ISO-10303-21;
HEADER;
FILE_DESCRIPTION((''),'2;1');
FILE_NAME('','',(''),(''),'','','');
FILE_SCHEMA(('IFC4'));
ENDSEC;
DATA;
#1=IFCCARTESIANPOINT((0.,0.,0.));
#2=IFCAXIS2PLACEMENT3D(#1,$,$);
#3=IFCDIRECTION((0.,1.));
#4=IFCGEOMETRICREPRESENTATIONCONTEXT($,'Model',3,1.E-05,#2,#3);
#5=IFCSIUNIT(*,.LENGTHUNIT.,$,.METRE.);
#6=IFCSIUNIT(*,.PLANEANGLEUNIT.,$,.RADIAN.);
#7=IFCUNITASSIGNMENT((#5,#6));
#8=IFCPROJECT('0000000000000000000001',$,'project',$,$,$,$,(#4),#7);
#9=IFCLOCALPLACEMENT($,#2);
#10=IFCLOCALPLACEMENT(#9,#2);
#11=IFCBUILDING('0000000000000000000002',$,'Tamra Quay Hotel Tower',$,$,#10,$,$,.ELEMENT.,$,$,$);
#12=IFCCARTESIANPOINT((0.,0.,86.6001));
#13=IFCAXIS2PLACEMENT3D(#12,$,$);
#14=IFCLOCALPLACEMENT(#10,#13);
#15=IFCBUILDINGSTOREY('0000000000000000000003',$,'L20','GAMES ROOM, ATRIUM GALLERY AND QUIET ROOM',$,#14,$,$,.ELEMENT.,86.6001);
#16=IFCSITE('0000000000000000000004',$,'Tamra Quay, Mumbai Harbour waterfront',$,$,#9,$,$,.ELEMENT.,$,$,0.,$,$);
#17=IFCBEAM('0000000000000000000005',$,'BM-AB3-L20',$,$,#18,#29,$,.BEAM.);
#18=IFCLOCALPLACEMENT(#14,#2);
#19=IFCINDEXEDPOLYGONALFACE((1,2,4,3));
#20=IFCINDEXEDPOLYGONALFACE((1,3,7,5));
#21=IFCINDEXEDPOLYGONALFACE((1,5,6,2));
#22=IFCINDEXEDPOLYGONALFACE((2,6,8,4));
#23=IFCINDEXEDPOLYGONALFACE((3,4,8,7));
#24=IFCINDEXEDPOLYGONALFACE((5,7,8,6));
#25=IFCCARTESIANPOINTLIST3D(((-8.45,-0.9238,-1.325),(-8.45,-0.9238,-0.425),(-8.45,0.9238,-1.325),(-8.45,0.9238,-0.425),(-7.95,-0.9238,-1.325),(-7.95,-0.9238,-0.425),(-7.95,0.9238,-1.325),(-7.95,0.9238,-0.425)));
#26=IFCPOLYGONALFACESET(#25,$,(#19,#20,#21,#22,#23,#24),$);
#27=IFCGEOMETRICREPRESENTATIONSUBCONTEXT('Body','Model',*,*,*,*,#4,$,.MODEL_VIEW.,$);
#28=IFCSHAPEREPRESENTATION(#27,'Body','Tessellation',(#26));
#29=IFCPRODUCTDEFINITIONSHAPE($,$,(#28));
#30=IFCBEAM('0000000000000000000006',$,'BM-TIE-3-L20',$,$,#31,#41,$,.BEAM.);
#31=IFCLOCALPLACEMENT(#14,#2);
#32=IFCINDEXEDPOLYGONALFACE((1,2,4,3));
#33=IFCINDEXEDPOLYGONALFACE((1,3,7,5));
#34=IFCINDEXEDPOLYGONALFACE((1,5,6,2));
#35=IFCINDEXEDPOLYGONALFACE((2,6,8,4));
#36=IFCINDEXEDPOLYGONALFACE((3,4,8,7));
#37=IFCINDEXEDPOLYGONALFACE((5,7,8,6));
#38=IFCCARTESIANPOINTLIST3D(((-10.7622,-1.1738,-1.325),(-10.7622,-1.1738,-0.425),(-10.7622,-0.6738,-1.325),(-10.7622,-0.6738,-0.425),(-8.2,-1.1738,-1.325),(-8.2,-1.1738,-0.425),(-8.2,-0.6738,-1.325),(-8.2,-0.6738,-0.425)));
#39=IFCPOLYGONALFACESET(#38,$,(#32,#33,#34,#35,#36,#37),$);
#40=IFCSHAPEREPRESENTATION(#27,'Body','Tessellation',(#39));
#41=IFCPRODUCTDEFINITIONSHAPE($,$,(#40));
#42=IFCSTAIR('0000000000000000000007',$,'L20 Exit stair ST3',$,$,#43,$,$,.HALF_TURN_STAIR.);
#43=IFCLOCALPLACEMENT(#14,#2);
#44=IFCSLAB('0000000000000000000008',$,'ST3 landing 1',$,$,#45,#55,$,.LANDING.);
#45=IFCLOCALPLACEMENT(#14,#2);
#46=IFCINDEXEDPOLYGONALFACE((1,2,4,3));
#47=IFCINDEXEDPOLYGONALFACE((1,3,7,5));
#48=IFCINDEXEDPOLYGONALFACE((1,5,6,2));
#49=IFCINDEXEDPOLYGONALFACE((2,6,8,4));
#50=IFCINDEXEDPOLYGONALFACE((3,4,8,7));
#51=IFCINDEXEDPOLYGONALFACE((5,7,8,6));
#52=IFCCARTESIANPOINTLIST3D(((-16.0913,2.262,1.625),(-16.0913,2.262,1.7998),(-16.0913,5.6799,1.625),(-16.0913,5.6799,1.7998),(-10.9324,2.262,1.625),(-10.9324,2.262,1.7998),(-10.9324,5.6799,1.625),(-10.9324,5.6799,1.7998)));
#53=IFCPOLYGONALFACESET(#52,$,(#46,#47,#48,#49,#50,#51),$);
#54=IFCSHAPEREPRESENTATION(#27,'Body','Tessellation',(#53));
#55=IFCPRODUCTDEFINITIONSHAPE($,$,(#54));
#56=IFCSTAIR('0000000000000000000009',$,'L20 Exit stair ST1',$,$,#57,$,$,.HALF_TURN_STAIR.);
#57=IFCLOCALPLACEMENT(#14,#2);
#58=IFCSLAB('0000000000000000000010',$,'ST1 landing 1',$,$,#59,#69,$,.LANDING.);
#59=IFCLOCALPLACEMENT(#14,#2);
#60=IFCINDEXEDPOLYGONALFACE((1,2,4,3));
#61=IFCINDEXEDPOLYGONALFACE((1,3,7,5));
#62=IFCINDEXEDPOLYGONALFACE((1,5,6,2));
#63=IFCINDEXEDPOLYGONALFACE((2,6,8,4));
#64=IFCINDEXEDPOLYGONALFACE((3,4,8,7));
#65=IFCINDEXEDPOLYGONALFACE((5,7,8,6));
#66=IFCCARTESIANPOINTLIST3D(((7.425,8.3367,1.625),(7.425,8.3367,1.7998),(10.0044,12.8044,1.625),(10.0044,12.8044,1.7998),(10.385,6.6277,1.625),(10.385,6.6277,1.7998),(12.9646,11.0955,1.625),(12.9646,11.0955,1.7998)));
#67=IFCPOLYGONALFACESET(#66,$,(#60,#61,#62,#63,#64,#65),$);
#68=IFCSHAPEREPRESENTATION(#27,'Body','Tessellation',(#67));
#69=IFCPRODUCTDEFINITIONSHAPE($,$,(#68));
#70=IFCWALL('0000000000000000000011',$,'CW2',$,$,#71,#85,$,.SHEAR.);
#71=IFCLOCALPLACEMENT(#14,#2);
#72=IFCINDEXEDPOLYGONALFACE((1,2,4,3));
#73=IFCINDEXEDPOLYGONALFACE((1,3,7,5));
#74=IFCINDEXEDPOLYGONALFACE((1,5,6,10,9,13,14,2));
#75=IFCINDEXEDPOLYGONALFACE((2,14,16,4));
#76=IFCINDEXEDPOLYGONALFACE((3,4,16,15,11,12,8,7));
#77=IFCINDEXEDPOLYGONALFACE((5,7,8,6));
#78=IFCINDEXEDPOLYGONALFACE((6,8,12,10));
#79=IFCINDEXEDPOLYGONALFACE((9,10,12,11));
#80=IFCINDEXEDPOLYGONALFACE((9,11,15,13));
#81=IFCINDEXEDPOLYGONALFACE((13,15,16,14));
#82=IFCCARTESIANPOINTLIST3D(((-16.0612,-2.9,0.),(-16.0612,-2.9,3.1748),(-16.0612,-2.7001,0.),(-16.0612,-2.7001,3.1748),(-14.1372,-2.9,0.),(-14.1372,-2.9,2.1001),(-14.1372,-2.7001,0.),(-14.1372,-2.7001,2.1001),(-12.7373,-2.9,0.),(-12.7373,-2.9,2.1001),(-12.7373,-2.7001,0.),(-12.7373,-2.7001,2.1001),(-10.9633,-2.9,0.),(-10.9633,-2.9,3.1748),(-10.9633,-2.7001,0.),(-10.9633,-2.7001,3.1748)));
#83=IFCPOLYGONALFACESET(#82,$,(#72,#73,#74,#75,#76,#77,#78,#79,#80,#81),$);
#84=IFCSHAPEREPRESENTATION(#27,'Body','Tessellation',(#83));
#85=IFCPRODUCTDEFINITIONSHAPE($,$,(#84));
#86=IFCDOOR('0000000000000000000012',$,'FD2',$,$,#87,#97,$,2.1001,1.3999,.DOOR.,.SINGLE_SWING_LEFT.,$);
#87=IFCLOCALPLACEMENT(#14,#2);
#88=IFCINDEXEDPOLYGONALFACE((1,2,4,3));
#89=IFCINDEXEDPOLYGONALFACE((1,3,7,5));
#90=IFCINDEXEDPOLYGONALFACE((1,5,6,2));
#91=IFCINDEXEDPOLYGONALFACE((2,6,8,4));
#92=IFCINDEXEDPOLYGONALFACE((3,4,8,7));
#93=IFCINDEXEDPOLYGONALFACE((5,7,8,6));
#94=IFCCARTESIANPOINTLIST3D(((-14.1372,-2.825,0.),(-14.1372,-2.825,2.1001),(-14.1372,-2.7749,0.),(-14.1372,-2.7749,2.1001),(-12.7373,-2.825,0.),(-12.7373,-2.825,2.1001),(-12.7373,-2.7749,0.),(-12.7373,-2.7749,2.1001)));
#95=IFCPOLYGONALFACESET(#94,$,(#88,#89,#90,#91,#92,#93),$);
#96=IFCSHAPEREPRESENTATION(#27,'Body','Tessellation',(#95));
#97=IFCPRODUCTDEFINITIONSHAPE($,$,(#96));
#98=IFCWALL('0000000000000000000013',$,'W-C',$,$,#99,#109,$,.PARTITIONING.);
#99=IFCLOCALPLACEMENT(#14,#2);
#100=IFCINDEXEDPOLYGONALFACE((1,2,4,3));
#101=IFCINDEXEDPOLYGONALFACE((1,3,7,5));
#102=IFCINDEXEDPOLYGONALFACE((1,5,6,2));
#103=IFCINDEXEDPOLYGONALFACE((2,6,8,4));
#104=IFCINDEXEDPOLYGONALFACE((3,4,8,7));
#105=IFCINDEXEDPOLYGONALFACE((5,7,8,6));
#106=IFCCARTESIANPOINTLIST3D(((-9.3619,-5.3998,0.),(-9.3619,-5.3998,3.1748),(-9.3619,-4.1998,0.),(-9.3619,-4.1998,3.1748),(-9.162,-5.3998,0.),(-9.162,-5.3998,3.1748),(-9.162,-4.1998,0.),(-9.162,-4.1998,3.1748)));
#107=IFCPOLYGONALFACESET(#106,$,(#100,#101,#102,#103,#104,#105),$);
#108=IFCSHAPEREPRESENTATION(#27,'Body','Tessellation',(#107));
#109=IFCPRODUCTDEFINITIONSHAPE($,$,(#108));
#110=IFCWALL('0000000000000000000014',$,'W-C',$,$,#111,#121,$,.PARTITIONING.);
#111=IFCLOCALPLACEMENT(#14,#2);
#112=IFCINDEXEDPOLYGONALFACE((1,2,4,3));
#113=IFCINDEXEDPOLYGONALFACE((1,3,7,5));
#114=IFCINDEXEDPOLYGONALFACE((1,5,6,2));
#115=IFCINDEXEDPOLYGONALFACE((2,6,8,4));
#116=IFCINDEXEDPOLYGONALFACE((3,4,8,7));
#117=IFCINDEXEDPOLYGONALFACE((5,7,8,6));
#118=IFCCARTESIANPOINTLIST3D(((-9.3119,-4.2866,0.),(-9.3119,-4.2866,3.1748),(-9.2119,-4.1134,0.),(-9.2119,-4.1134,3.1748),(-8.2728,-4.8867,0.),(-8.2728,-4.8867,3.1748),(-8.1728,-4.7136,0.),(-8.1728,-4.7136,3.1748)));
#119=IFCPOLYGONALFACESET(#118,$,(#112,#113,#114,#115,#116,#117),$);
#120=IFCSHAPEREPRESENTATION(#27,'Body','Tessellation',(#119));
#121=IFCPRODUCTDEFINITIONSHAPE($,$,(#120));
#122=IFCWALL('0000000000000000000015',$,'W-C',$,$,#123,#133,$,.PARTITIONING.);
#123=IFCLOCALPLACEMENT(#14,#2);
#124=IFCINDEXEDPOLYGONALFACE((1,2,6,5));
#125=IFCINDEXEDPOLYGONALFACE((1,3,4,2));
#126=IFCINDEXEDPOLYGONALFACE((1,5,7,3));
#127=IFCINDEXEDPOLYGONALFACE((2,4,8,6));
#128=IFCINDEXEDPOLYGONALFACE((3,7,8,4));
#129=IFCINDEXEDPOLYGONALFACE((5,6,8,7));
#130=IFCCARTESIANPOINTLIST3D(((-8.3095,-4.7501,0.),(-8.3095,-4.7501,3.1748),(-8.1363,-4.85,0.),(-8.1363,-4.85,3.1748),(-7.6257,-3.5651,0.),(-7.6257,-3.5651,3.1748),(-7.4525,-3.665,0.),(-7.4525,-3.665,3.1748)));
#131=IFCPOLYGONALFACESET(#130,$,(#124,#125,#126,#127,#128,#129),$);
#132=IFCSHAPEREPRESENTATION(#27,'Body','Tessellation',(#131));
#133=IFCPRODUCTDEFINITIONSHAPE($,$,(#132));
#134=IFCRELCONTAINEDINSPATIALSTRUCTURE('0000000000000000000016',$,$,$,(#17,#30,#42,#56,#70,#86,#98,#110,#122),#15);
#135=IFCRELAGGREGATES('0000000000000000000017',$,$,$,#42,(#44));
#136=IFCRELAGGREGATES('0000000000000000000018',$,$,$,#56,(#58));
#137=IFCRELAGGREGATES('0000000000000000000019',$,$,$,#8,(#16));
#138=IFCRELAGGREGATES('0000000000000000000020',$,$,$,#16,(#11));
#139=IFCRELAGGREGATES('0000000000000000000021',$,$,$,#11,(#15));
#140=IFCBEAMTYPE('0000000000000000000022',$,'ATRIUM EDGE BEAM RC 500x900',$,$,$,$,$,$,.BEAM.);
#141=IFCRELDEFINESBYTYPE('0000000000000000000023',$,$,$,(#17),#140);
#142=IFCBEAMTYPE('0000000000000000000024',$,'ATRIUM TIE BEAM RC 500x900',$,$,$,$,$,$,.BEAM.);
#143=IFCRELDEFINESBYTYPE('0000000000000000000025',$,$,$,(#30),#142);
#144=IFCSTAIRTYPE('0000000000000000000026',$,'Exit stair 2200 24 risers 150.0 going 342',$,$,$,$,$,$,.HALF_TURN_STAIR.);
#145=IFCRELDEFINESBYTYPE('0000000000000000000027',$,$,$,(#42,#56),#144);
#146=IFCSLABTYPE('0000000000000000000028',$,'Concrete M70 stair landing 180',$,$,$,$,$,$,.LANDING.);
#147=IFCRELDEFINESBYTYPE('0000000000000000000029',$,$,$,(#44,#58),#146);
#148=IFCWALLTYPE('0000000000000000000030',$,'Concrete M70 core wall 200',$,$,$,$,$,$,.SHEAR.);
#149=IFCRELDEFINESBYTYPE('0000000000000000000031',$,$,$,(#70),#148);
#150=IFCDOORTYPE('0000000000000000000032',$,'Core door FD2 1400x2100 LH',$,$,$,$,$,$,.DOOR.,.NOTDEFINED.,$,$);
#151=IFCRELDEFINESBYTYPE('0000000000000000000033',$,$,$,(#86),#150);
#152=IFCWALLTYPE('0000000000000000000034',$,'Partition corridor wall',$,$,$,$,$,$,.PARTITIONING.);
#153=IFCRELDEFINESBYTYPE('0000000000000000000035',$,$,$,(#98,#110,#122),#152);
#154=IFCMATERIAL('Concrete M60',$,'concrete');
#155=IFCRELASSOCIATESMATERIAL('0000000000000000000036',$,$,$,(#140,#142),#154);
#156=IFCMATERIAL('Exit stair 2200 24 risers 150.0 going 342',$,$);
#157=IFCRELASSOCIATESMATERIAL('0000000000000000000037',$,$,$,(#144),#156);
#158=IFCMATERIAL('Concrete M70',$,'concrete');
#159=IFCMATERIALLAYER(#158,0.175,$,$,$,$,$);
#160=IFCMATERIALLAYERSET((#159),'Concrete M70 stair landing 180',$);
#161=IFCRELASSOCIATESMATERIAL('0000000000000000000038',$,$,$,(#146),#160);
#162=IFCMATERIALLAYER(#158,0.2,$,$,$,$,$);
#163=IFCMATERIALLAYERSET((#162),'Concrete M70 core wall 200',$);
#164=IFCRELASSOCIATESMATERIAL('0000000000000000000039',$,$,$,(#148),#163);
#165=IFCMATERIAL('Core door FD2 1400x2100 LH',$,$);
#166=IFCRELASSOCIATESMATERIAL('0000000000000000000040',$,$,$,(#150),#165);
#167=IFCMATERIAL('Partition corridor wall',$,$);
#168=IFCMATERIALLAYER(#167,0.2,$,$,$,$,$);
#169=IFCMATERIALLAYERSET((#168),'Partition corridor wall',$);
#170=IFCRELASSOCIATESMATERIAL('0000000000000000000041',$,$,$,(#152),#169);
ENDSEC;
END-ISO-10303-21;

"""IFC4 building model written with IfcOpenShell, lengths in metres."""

from ifc_helpers import new_model, si_unit, direction, frame, frame_2d, origin, origin_2d, place, context, subcontext, project, spatial, polyline, rectangle, outline, extrude, material, layer, layer_set, material_profile, profile_set, type_object, element, fill, aggregate, save


model = new_model("IFC4")

# Units and contexts
model_context = context("Model", 3, precision=1e-05, world=origin(), true_north=direction((0.0, 1.0)))
body_context = subcontext(model_context, "Body", "Model", "MODEL_VIEW")
ifc_project = project(units=[si_unit("LENGTHUNIT", "METRE"), si_unit("PLANEANGLEUNIT", "RADIAN")], contexts=[model_context])

# Site, building, storey
site_placement = place(None, origin())
site = spatial("IfcSite", under=ifc_project, at=site_placement, Name="Tamra Quay, Mumbai Harbour waterfront", CompositionType="ELEMENT", RefElevation=0.0)
building_placement = place(site_placement, origin())
building = spatial("IfcBuilding", under=site, at=building_placement, Name="Tamra Quay Hotel Tower", CompositionType="ELEMENT")
storey_placement = place(building_placement, frame((0.0, 0.0, 86.6001)))
storey = spatial("IfcBuildingStorey", under=building, at=storey_placement, Name="L20", Description="GAMES ROOM, ATRIUM GALLERY AND QUIET ROOM", CompositionType="ELEMENT", Elevation=86.6001)

# Beams
ifc_material_1 = material(Name="Concrete M60", Category="concrete")
ifc_material_profile_1 = material_profile(ifc_material_1, rectangle(XDim=0.5, YDim=0.8999, at=origin_2d()), Name="ATRIUM EDGE BEAM RC 500x900")
ifc_profile_set_1 = profile_set([ifc_material_profile_1], Name="Concrete M60")
beam_type_1 = type_object("IfcBeamType", Name="ATRIUM EDGE BEAM RC 500x900", PredefinedType="BEAM", material=ifc_profile_set_1)
beam_1_placement = place(storey_placement, frame((-8.2, -0.9238, -0.875), z_axis=(0.0, 1.0, 0.0), x_axis=(-1.0, 0.0, 0.0)))
element("IfcBeam", 1, at=beam_1_placement, inside=storey, type_object=beam_type_1, Name="BM-AB3-L20", PredefinedType="BEAM", context=body_context, shape_type="SweptSolid", body=[
    extrude(rectangle(XDim=0.5, YDim=0.8999, at=origin_2d()), origin(), (0.0, 0.0, 1.0), 1.8477),
])
ifc_material_profile_2 = material_profile(ifc_material_1, rectangle(XDim=0.5, YDim=0.8999, at=origin_2d()), Name="ATRIUM TIE BEAM RC 500x900")
ifc_profile_set_2 = profile_set([ifc_material_profile_2], Name="Concrete M60")
beam_type_2 = type_object("IfcBeamType", Name="ATRIUM TIE BEAM RC 500x900", PredefinedType="BEAM", material=ifc_profile_set_2)
beam_2_placement = place(storey_placement, frame((-8.2, -0.9238, -0.875), z_axis=(-1.0, 0.0, 0.0), x_axis=(0.0, -1.0, 0.0)))
element("IfcBeam", 2, at=beam_2_placement, inside=storey, type_object=beam_type_2, Name="BM-TIE-3-L20", PredefinedType="BEAM", context=body_context, shape_type="SweptSolid", body=[
    extrude(rectangle(XDim=0.5, YDim=0.8999, at=origin_2d()), origin(), (0.0, 0.0, 1.0), 2.5623),
])

# Stairs, slabs
ifc_material_2 = material(Name="Exit stair 2200 24 risers 150.0 going 342")
stair_type = type_object("IfcStairType", Name="Exit stair 2200 24 risers 150.0 going 342", PredefinedType="HALF_TURN_STAIR", material=ifc_material_2)
stair_1_placement = place(storey_placement, origin())
stair_1 = element("IfcStair", 3, at=stair_1_placement, inside=storey, type_object=stair_type, Name="L20 Exit stair ST3", PredefinedType="HALF_TURN_STAIR")
ifc_material_3 = material(Name="Concrete M70", Category="concrete")
ifc_layer_1 = layer(ifc_material_3, 0.175)
ifc_layer_set_1 = layer_set([ifc_layer_1], Name="Concrete M70 stair landing 180")
slab_type_1 = type_object("IfcSlabType", Name="Concrete M70 stair landing 180", PredefinedType="LANDING", material=ifc_layer_set_1)
slab_1_placement = place(storey_placement, frame((0.0, 0.0, 1.625)))
slab_1 = element("IfcSlab", 4, at=slab_1_placement, type_object=slab_type_1, Name="ST3 landing 1", PredefinedType="LANDING", context=body_context, shape_type="SweptSolid", body=[
    extrude(outline(polyline([(-10.9324, 2.262), (-10.9324, 5.6799), (-16.0913, 5.6799), (-16.0913, 2.262), (-10.9324, 2.262)])), origin(), (0.0, 0.0, 1.0), 0.1748),
])
aggregate(stair_1, [slab_1])
stair_2_placement = place(storey_placement, origin())
stair_2 = element("IfcStair", 5, at=stair_2_placement, inside=storey, type_object=stair_type, Name="L20 Exit stair ST1", PredefinedType="HALF_TURN_STAIR")
slab_2_placement = place(storey_placement, frame((0.0, 0.0, 1.625)))
slab_2 = element("IfcSlab", 6, at=slab_2_placement, type_object=slab_type_1, Name="ST1 landing 1", PredefinedType="LANDING", context=body_context, shape_type="SweptSolid", body=[
    extrude(outline(polyline([(7.425, 8.3367), (10.385, 6.6277), (12.9646, 11.0955), (10.0044, 12.8044), (7.425, 8.3367)])), origin(), (0.0, 0.0, 1.0), 0.1748),
])
aggregate(stair_2, [slab_2])

# Wall, opening, door
ifc_layer_2 = layer(ifc_material_3, 0.2)
ifc_layer_set_2 = layer_set([ifc_layer_2], Name="Concrete M70 core wall 200")
wall_type_1 = type_object("IfcWallType", Name="Concrete M70 core wall 200", PredefinedType="SHEAR", material=ifc_layer_set_2)
wall_1_placement = place(storey_placement, frame((-10.9634, -2.8, 0.0), z_axis=(0.0, 0.0, 1.0), x_axis=(-1.0, 0.0, 0.0)))
wall_1 = element("IfcWall", 7, at=wall_1_placement, inside=storey, type_object=wall_type_1, Name="CW2", PredefinedType="SHEAR", context=body_context, shape_type="SweptSolid", body=[
    extrude(rectangle(XDim=5.0979, YDim=0.2, at=frame_2d((2.5488, 0.0))), origin(), (0.0, 0.0, 1.0), 3.1748),
])
opening_1_placement = place(wall_1_placement, frame((1.7739, 0.0, 0.0)))
opening_1 = element("IfcOpeningElement", 8, at=opening_1_placement, cuts=wall_1, PredefinedType="OPENING", context=body_context, shape_type="SweptSolid", body=[
    extrude(rectangle(XDim=1.3999, YDim=2.1001, at=frame_2d((0.7, 1.05))), frame((0.0, 0.1099, 0.0), z_axis=(0.0, -1.0, 0.0), x_axis=(1.0, 0.0, 0.0)), (0.0, 0.0, 1.0), 0.22),
])
ifc_material_4 = material(Name="Core door FD2 1400x2100 LH")
door_type_1 = type_object("IfcDoorType", Name="Core door FD2 1400x2100 LH", OperationType="NOTDEFINED", PredefinedType="DOOR", material=ifc_material_4)
door_1_placement = place(opening_1_placement, origin())
door_1 = element("IfcDoor", 9, at=door_1_placement, inside=storey, type_object=door_type_1, Name="FD2", OperationType="SINGLE_SWING_LEFT", OverallHeight=2.1001, OverallWidth=1.3999, PredefinedType="DOOR", context=body_context, shape_type="SweptSolid", body=[
    extrude(rectangle(XDim=1.3999, YDim=2.1001, at=frame_2d((0.7, 1.05))), frame((0.0, 0.0249, 0.0), z_axis=(0.0, -1.0, 0.0), x_axis=(1.0, 0.0, 0.0)), (0.0, 0.0, 1.0), 0.05),
])
fill(opening_1, door_1)

# Walls
ifc_material_5 = material(Name="Partition corridor wall")
ifc_layer_3 = layer(ifc_material_5, 0.2)
ifc_layer_set_3 = layer_set([ifc_layer_3], Name="Partition corridor wall")
wall_type_2 = type_object("IfcWallType", Name="Partition corridor wall", PredefinedType="PARTITIONING", material=ifc_layer_set_3)
for number, where, z_axis, x_axis, name in (
    (10, (-9.262, -5.3999, 0.0), (0.0, 0.0, 1.0), (0.0, 1.0, 0.0), "W-C"),
    (11, (-9.262, -4.2, 0.0), (0.0, 0.0, 1.0), (0.865955, -0.500122, 0.0), "W-C"),
):
    element("IfcWall", number, at=place(storey_placement, frame(where, z_axis=z_axis, x_axis=x_axis)), inside=storey, type_object=wall_type_2, Name=name, PredefinedType="PARTITIONING", context=body_context, shape_type="SweptSolid", body=[
        extrude(rectangle(XDim=1.2, YDim=0.2, at=frame_2d((0.6001, 0.0))), origin(), (0.0, 0.0, 1.0), 3.1748),
    ])
wall_2_placement = place(storey_placement, frame((-8.2229, -4.8, 0.0), z_axis=(0.0, 0.0, 1.0), x_axis=(0.499805, 0.866138, 0.0)))
element("IfcWall", 12, at=wall_2_placement, inside=storey, type_object=wall_type_2, Name="W-C", PredefinedType="PARTITIONING", context=body_context, shape_type="SweptSolid", body=[
    extrude(rectangle(XDim=1.3682, YDim=0.2, at=frame_2d((0.6841, 0.0))), origin(), (0.0, 0.0, 1.0), 3.1748),
])

save(model, "model.ifc")
